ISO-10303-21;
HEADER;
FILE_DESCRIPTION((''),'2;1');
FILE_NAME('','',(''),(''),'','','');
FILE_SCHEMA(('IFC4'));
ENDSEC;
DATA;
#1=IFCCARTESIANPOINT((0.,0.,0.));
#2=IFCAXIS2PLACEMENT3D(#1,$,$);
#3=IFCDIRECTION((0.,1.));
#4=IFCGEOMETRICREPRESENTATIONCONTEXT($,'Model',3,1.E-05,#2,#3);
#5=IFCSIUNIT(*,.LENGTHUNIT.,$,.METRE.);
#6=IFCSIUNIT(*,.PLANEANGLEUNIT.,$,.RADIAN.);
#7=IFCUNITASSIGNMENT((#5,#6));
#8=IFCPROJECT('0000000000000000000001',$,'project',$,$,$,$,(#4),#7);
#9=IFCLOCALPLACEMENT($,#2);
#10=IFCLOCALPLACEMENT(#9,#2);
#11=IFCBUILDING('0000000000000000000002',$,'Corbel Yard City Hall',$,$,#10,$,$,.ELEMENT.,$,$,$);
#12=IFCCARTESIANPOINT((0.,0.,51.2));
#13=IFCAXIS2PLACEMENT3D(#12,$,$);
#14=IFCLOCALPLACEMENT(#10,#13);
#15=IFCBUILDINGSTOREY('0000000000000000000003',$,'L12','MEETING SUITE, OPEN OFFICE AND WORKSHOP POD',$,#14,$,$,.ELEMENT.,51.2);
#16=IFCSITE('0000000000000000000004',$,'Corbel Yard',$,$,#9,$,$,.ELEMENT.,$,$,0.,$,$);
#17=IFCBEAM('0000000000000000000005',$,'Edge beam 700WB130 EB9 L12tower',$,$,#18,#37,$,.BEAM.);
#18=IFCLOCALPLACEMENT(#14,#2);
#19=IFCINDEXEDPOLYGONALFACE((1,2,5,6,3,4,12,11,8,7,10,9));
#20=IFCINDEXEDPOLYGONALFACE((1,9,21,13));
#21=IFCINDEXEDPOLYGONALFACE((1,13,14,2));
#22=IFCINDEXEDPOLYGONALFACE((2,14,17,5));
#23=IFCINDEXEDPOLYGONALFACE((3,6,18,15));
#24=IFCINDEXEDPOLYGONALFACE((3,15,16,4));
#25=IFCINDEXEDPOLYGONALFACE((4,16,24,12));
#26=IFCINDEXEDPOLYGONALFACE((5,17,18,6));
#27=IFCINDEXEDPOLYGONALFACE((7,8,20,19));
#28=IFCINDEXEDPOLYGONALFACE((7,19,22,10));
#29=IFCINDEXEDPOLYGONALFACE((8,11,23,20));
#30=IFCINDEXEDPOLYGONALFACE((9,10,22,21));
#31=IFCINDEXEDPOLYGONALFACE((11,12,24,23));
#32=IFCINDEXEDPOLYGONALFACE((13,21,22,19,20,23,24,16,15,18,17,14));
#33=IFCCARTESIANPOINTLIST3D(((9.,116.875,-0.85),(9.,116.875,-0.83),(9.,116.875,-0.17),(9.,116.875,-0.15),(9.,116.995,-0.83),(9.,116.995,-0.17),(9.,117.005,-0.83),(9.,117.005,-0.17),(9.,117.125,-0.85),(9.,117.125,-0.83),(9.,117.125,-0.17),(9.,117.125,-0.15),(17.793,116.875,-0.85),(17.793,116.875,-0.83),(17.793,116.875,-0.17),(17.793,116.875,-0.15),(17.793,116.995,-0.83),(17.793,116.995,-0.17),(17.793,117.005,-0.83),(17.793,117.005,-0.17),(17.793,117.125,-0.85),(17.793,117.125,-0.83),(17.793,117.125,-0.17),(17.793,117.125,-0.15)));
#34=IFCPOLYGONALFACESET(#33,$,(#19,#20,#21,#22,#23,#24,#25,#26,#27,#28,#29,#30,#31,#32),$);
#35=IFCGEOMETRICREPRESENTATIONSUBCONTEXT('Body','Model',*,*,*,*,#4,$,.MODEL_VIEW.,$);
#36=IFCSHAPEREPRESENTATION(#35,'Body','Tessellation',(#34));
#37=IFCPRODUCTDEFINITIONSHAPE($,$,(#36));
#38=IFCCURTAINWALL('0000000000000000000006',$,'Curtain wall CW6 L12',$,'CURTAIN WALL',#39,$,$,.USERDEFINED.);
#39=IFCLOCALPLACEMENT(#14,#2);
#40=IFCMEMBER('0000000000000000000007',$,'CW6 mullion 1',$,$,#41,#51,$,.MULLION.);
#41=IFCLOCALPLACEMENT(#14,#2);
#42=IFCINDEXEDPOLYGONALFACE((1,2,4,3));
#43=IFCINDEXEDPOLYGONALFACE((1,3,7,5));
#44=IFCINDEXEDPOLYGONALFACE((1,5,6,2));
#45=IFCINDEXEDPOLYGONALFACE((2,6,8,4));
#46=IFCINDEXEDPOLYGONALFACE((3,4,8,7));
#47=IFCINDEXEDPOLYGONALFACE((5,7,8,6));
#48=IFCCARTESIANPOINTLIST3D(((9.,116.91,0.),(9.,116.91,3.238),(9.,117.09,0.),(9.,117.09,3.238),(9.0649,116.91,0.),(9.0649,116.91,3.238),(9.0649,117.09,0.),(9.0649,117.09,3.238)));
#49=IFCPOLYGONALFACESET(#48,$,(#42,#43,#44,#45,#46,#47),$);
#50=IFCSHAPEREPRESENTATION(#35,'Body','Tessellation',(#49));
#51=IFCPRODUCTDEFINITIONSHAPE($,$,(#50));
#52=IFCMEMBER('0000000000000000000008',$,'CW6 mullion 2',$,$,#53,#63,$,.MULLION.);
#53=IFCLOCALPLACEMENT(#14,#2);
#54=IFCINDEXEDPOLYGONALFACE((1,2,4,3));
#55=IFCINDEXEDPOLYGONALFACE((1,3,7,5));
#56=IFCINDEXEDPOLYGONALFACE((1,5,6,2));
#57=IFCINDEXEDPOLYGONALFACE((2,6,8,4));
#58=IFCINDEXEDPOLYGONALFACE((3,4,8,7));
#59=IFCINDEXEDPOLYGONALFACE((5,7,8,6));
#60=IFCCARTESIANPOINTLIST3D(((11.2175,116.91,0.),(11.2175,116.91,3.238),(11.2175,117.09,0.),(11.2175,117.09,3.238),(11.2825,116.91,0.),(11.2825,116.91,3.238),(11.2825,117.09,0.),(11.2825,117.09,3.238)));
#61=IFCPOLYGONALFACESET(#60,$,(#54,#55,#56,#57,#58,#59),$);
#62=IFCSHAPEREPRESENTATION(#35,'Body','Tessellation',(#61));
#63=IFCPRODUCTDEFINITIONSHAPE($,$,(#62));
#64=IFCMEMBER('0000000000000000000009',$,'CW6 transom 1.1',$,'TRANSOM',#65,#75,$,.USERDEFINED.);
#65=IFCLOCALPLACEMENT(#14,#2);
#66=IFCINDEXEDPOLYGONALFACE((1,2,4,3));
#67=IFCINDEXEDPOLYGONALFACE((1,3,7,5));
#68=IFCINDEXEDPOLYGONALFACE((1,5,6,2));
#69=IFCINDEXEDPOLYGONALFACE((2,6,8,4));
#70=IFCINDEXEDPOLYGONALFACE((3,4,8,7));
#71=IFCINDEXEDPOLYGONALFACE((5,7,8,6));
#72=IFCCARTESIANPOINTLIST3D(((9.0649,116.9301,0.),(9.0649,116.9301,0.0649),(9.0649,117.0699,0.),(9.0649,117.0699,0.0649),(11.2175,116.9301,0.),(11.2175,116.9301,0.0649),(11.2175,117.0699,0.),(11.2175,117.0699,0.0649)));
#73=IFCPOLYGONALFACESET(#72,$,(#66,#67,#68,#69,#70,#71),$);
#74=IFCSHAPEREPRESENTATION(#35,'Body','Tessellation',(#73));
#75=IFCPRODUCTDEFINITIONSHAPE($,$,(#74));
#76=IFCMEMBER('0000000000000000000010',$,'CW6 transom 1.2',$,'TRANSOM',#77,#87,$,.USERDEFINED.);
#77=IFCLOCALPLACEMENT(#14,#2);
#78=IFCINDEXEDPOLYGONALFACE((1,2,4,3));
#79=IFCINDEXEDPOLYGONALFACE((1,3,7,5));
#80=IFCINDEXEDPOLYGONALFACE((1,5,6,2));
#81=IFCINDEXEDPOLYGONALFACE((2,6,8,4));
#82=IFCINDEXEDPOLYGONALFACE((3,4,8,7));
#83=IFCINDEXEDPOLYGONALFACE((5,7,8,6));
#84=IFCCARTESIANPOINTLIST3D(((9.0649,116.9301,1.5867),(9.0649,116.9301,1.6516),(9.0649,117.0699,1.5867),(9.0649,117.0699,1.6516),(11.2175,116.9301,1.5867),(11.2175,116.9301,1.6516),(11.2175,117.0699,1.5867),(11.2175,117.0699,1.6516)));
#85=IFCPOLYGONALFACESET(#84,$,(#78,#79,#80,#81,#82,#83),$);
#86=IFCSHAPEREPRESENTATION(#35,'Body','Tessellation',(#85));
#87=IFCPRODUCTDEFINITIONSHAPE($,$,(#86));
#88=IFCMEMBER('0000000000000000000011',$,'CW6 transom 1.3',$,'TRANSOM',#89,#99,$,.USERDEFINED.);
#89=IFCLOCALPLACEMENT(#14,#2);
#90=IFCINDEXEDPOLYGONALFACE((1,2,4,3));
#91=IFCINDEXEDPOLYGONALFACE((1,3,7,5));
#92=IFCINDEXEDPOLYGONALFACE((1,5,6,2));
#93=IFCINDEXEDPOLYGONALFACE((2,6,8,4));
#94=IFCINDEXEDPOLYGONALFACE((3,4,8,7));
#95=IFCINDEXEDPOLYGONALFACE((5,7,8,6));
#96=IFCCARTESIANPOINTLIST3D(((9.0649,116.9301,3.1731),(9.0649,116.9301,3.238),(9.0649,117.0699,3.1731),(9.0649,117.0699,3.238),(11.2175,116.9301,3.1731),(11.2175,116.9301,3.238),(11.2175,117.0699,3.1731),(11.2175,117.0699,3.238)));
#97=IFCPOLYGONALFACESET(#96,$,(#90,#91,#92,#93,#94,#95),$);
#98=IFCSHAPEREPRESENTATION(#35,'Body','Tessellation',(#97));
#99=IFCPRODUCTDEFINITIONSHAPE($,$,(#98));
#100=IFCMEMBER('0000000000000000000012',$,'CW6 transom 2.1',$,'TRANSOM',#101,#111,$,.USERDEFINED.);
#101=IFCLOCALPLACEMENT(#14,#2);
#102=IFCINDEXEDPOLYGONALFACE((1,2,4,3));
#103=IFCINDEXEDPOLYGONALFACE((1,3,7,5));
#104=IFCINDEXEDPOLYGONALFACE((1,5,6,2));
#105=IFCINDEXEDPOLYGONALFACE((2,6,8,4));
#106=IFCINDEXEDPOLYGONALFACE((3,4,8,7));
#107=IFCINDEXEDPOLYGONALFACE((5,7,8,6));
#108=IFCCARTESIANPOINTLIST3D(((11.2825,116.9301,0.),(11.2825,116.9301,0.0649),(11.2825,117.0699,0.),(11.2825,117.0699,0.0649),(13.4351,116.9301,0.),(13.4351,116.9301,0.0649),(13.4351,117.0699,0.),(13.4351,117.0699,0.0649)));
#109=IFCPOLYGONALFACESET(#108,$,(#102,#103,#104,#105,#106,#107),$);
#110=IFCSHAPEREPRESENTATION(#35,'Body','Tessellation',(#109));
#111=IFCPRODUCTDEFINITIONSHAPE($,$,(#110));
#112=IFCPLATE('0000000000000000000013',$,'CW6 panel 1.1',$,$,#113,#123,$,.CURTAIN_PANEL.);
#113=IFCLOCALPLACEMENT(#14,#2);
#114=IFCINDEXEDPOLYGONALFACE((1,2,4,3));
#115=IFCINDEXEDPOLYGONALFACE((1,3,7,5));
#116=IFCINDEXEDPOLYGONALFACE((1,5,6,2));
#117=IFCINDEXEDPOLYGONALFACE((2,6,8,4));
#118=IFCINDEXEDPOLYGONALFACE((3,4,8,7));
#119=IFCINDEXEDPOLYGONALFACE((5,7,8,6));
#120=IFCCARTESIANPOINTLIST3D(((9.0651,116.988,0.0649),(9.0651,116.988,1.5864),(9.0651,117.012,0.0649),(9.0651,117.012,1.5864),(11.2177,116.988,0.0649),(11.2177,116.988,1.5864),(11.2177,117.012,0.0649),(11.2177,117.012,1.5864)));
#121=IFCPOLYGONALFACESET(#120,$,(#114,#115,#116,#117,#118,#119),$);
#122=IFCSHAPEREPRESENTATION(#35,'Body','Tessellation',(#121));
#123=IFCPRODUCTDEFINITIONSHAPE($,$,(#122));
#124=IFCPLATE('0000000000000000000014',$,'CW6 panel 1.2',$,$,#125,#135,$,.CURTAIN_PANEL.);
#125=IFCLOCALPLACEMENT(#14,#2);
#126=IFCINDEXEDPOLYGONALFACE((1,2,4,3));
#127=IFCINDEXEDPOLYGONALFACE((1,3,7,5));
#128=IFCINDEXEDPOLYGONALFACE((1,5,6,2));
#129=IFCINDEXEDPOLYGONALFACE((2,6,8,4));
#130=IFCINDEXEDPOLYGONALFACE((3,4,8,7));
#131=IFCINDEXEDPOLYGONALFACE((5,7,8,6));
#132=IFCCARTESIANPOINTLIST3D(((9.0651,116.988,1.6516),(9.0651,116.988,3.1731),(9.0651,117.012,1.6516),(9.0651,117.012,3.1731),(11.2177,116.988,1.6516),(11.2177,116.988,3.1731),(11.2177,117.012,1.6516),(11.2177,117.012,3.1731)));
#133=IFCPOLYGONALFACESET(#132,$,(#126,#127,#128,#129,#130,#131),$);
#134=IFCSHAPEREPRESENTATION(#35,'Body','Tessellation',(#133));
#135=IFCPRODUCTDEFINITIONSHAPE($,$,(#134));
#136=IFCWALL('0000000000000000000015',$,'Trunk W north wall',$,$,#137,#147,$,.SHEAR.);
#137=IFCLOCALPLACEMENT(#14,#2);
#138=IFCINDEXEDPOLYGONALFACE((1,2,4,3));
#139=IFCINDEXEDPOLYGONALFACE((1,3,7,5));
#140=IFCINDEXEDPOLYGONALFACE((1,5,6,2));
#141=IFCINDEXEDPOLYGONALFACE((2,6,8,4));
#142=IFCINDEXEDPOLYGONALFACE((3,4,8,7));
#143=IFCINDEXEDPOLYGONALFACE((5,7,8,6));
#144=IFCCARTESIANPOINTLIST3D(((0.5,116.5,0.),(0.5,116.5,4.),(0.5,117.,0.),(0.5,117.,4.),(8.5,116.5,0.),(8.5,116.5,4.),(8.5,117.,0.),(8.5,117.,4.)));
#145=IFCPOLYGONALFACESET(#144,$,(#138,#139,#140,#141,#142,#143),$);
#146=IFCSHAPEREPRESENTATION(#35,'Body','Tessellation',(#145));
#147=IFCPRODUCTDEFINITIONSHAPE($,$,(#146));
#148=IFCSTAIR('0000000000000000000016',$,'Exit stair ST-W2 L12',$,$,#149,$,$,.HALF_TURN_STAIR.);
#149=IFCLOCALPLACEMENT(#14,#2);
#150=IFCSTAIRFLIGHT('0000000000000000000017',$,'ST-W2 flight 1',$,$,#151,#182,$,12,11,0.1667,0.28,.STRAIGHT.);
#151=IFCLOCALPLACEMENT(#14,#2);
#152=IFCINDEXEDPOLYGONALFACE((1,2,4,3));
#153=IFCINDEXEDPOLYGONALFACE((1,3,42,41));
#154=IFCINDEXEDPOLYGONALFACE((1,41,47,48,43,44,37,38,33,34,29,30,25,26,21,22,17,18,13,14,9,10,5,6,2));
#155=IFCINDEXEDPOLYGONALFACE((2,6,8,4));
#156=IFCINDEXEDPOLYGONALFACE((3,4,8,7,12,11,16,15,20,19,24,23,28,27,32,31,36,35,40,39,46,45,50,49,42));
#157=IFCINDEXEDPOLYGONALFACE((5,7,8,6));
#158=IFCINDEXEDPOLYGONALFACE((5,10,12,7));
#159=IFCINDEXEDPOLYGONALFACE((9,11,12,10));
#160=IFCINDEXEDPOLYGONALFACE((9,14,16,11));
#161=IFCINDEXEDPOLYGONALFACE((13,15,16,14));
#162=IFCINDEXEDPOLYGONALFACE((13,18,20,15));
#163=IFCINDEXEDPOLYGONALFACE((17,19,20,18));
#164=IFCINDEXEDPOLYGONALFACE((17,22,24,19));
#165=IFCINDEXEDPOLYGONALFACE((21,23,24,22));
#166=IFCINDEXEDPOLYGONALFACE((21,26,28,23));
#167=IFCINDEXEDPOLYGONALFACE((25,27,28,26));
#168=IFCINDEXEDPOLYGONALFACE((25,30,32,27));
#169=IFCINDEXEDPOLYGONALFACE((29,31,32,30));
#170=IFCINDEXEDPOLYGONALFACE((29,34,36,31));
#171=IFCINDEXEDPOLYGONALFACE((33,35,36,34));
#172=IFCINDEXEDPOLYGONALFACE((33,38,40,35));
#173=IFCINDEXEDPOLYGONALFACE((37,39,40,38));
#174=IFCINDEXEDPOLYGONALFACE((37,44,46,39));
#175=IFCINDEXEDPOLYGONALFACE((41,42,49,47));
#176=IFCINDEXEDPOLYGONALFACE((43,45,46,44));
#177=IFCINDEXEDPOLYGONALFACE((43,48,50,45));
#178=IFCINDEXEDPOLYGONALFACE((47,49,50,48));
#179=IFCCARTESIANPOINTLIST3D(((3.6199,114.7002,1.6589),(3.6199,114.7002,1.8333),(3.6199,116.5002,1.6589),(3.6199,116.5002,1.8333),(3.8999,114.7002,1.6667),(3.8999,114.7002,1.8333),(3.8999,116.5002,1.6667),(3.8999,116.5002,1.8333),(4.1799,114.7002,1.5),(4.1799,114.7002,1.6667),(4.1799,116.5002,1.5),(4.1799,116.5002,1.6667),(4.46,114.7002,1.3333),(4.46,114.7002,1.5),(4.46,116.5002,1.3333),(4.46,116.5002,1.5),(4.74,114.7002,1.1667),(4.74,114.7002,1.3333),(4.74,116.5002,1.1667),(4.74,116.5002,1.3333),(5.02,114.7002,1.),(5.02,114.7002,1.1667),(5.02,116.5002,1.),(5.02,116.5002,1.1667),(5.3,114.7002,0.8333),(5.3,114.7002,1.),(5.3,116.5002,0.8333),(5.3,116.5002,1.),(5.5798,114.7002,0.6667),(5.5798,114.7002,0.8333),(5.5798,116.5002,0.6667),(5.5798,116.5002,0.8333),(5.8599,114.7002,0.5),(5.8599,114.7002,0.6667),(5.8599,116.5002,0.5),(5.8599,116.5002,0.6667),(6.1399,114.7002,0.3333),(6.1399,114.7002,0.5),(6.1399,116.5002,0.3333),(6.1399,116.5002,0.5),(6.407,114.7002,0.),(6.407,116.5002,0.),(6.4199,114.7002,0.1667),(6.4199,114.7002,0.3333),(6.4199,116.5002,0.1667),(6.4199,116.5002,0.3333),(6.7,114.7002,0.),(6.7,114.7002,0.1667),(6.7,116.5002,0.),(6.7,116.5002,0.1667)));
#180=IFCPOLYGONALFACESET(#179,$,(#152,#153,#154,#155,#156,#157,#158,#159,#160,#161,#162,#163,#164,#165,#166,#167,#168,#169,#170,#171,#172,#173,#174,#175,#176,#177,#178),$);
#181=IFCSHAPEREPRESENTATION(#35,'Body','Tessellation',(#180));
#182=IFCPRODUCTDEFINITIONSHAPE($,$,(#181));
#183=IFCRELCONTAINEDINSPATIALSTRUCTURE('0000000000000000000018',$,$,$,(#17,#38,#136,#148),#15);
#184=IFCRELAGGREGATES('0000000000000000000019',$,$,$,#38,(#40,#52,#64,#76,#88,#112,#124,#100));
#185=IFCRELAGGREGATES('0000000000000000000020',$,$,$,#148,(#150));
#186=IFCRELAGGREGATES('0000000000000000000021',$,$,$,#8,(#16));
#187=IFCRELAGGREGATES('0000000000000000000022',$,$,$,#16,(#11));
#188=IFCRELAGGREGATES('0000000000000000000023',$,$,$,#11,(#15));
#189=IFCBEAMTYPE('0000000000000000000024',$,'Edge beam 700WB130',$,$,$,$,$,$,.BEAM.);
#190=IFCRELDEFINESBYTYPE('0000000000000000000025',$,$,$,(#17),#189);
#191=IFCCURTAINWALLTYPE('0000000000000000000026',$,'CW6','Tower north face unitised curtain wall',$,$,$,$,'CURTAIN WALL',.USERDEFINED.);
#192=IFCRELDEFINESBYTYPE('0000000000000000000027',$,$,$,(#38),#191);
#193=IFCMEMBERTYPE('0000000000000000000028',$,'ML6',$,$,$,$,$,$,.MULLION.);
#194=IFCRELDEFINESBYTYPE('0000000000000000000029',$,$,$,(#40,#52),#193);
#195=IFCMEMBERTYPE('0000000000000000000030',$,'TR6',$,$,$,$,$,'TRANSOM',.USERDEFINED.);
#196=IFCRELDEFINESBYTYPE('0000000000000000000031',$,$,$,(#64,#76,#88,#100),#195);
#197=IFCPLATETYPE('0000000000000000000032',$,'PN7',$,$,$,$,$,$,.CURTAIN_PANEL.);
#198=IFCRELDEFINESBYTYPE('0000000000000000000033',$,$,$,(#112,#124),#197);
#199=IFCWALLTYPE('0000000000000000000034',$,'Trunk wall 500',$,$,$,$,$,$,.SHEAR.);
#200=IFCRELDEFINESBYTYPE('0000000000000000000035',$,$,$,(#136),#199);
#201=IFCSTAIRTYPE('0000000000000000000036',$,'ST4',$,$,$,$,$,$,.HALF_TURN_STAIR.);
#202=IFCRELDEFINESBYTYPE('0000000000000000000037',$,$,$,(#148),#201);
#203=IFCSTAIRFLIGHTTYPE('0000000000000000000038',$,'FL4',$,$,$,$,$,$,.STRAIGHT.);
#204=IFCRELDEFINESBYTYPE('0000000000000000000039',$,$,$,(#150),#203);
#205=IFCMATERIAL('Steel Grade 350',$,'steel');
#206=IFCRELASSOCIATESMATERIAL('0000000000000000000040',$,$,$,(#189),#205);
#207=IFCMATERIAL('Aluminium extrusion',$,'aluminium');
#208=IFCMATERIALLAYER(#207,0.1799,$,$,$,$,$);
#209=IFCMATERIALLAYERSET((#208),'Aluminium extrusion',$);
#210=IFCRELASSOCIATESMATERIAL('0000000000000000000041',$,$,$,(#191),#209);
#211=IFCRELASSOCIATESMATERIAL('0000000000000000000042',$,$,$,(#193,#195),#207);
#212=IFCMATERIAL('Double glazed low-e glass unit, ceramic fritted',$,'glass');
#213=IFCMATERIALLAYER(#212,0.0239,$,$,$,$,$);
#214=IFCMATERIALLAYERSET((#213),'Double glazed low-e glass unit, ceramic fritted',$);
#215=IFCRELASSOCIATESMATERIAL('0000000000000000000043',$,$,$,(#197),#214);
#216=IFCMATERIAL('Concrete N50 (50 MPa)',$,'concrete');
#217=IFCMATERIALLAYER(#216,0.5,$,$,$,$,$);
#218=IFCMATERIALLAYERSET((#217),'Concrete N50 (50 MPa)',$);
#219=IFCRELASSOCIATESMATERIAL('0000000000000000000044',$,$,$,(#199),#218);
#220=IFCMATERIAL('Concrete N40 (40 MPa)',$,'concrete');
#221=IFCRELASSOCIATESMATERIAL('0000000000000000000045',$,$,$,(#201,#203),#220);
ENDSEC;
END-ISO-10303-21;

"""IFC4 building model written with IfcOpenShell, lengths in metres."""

from ifc_helpers import new_model, si_unit, direction, frame, frame_2d, origin, origin_2d, place, context, subcontext, project, spatial, polyline, rectangle, i_section, outline, extrude, material, layer, layer_set, material_profile, profile_set, type_object, element, aggregate, save


model = new_model("IFC4")

# Units and contexts
model_context = context("Model", 3, precision=1e-05, world=origin(), true_north=direction((0.0, 1.0)))
body_context = subcontext(model_context, "Body", "Model", "MODEL_VIEW")
ifc_project = project(units=[si_unit("LENGTHUNIT", "METRE"), si_unit("PLANEANGLEUNIT", "RADIAN")], contexts=[model_context])

# Site, building, storey
site_placement = place(None, origin())
site = spatial("IfcSite", under=ifc_project, at=site_placement, Name="Corbel Yard", CompositionType="ELEMENT", RefElevation=0.0)
building_placement = place(site_placement, origin())
building = spatial("IfcBuilding", under=site, at=building_placement, Name="Corbel Yard City Hall", CompositionType="ELEMENT")
storey_placement = place(building_placement, frame((0.0, 0.0, 51.2)))
storey = spatial("IfcBuildingStorey", under=building, at=storey_placement, Name="L12", Description="MEETING SUITE, OPEN OFFICE AND WORKSHOP POD", CompositionType="ELEMENT", Elevation=51.2)

# Beam
ifc_material_1 = material(Name="Steel Grade 350", Category="steel")
ifc_material_profile_1 = material_profile(ifc_material_1, i_section(OverallWidth=0.25, OverallDepth=0.7, WebThickness=0.01, FlangeThickness=0.02, at=origin_2d()), Name="700WB130")
ifc_profile_set_1 = profile_set([ifc_material_profile_1], Name="Steel Grade 350")
beam_type = type_object("IfcBeamType", Name="Edge beam 700WB130", PredefinedType="BEAM", material=ifc_profile_set_1)
beam_placement = place(storey_placement, frame((9.0, 117.0, -0.5), z_axis=(1.0, 0.0, 0.0), x_axis=(0.0, 1.0, 0.0)))
element("IfcBeam", 1, at=beam_placement, inside=storey, type_object=beam_type, Name="Edge beam 700WB130 EB9 L12tower", PredefinedType="BEAM", context=body_context, shape_type="SweptSolid", body=[
    extrude(i_section(OverallWidth=0.25, OverallDepth=0.7, WebThickness=0.01, FlangeThickness=0.02, at=origin_2d()), origin(), (0.0, 0.0, 1.0), 8.793),
])

# Curtain wall, members, plates
ifc_material_2 = material(Name="Aluminium extrusion", Category="aluminium")
ifc_layer_1 = layer(ifc_material_2, 0.1799)
ifc_layer_set_1 = layer_set([ifc_layer_1], Name="Aluminium extrusion")
curtain_wall_type = type_object("IfcCurtainWallType", Name="CW6", Description="Tower north face unitised curtain wall", ElementType="CURTAIN WALL", PredefinedType="USERDEFINED", material=ifc_layer_set_1)
curtain_wall_placement = place(storey_placement, origin())
curtain_wall = element("IfcCurtainWall", 2, at=curtain_wall_placement, inside=storey, type_object=curtain_wall_type, Name="Curtain wall CW6 L12", ObjectType="CURTAIN WALL", PredefinedType="USERDEFINED")
ifc_material_profile_2 = material_profile(ifc_material_2, rectangle(XDim=0.1799, YDim=0.0649, at=origin_2d()), Name="180x65")
ifc_profile_set_2 = profile_set([ifc_material_profile_2], Name="Aluminium extrusion")
member_type_1 = type_object("IfcMemberType", Name="ML6", PredefinedType="MULLION", material=ifc_profile_set_2)
member_1_placement = place(storey_placement, frame((9.0325, 117.0, 0.0), z_axis=(0.0, 0.0, 1.0), x_axis=(0.0, 1.0, 0.0)))
member_1 = element("IfcMember", 3, at=member_1_placement, type_object=member_type_1, Name="CW6 mullion 1", PredefinedType="MULLION", context=body_context, shape_type="SweptSolid", body=[
    extrude(rectangle(XDim=0.1799, YDim=0.0649, at=origin_2d()), origin(), (0.0, 0.0, 1.0), 3.238),
])
member_2_placement = place(storey_placement, frame((11.25, 117.0, 0.0), z_axis=(0.0, 0.0, 1.0), x_axis=(0.0, 1.0, 0.0)))
member_2 = element("IfcMember", 4, at=member_2_placement, type_object=member_type_1, Name="CW6 mullion 2", PredefinedType="MULLION", context=body_context, shape_type="SweptSolid", body=[
    extrude(rectangle(XDim=0.1799, YDim=0.0649, at=origin_2d()), origin(), (0.0, 0.0, 1.0), 3.238),
])
ifc_material_profile_3 = material_profile(ifc_material_2, rectangle(XDim=0.1399, YDim=0.0649, at=origin_2d()), Name="140x65")
ifc_profile_set_3 = profile_set([ifc_material_profile_3], Name="Aluminium extrusion")
member_type_2 = type_object("IfcMemberType", Name="TR6", ElementType="TRANSOM", PredefinedType="USERDEFINED", material=ifc_profile_set_3)
member_3_placement = place(storey_placement, frame((9.0649, 117.0, 0.0325), z_axis=(1.0, 0.0, 0.0), x_axis=(0.0, 1.0, 0.0)))
member_3 = element("IfcMember", 5, at=member_3_placement, type_object=member_type_2, Name="CW6 transom 1.1", ObjectType="TRANSOM", PredefinedType="USERDEFINED", context=body_context, shape_type="SweptSolid", body=[
    extrude(rectangle(XDim=0.1399, YDim=0.0649, at=origin_2d()), origin(), (0.0, 0.0, 1.0), 2.1526),
])
member_4_placement = place(storey_placement, frame((9.0649, 117.0, 1.6191), z_axis=(1.0, 0.0, 0.0), x_axis=(0.0, 1.0, 0.0)))
member_4 = element("IfcMember", 6, at=member_4_placement, type_object=member_type_2, Name="CW6 transom 1.2", ObjectType="TRANSOM", PredefinedType="USERDEFINED", context=body_context, shape_type="SweptSolid", body=[
    extrude(rectangle(XDim=0.1399, YDim=0.0649, at=origin_2d()), origin(), (0.0, 0.0, 1.0), 2.1526),
])
member_5_placement = place(storey_placement, frame((9.0649, 117.0, 3.2056), z_axis=(1.0, 0.0, 0.0), x_axis=(0.0, 1.0, 0.0)))
member_5 = element("IfcMember", 7, at=member_5_placement, type_object=member_type_2, Name="CW6 transom 1.3", ObjectType="TRANSOM", PredefinedType="USERDEFINED", context=body_context, shape_type="SweptSolid", body=[
    extrude(rectangle(XDim=0.1399, YDim=0.0649, at=origin_2d()), origin(), (0.0, 0.0, 1.0), 2.1526),
])
member_6_placement = place(storey_placement, frame((11.2825, 117.0, 0.0325), z_axis=(1.0, 0.0, 0.0), x_axis=(0.0, 1.0, 0.0)))
member_6 = element("IfcMember", 8, at=member_6_placement, type_object=member_type_2, Name="CW6 transom 2.1", ObjectType="TRANSOM", PredefinedType="USERDEFINED", context=body_context, shape_type="SweptSolid", body=[
    extrude(rectangle(XDim=0.1399, YDim=0.0649, at=origin_2d()), origin(), (0.0, 0.0, 1.0), 2.1526),
])
ifc_material_3 = material(Name="Double glazed low-e glass unit, ceramic fritted", Category="glass")
ifc_layer_2 = layer(ifc_material_3, 0.0239)
ifc_layer_set_2 = layer_set([ifc_layer_2], Name="Double glazed low-e glass unit, ceramic fritted")
plate_type = type_object("IfcPlateType", Name="PN7", PredefinedType="CURTAIN_PANEL", material=ifc_layer_set_2)
plate_1_placement = place(storey_placement, frame((10.1414, 117.0, 0.0649), z_axis=(0.0, 0.0, 1.0), x_axis=(1.0, 0.0, 0.0)))
plate_1 = element("IfcPlate", 9, at=plate_1_placement, type_object=plate_type, Name="CW6 panel 1.1", PredefinedType="CURTAIN_PANEL", context=body_context, shape_type="SweptSolid", body=[
    extrude(rectangle(XDim=2.1526, YDim=0.0239, at=origin_2d()), origin(), (0.0, 0.0, 1.0), 1.5215),
])
plate_2_placement = place(storey_placement, frame((10.1414, 117.0, 1.6516), z_axis=(0.0, 0.0, 1.0), x_axis=(1.0, 0.0, 0.0)))
plate_2 = element("IfcPlate", 10, at=plate_2_placement, type_object=plate_type, Name="CW6 panel 1.2", PredefinedType="CURTAIN_PANEL", context=body_context, shape_type="SweptSolid", body=[
    extrude(rectangle(XDim=2.1526, YDim=0.0239, at=origin_2d()), origin(), (0.0, 0.0, 1.0), 1.5215),
])
aggregate(curtain_wall, [member_1, member_2, member_3, member_4, member_5, plate_1, plate_2, member_6])

# Wall
ifc_material_4 = material(Name="Concrete N50 (50 MPa)", Category="concrete")
ifc_layer_3 = layer(ifc_material_4, 0.5)
ifc_layer_set_3 = layer_set([ifc_layer_3], Name="Concrete N50 (50 MPa)")
wall_type = type_object("IfcWallType", Name="Trunk wall 500", PredefinedType="SHEAR", material=ifc_layer_set_3)
wall_placement = place(storey_placement, frame((0.5, 116.75, 0.0), z_axis=(0.0, 0.0, 1.0), x_axis=(1.0, 0.0, 0.0)))
element("IfcWall", 11, at=wall_placement, inside=storey, type_object=wall_type, Name="Trunk W north wall", PredefinedType="SHEAR", context=body_context, shape_type="SweptSolid", body=[
    extrude(rectangle(XDim=8.0, YDim=0.5, at=frame_2d((4.0, 0.0))), origin(), (0.0, 0.0, 1.0), 4.0),
])

# Stair, stair flight
ifc_material_5 = material(Name="Concrete N40 (40 MPa)", Category="concrete")
stair_type = type_object("IfcStairType", Name="ST4", PredefinedType="HALF_TURN_STAIR", material=ifc_material_5)
stair_placement = place(storey_placement, origin())
stair = element("IfcStair", 12, at=stair_placement, inside=storey, type_object=stair_type, Name="Exit stair ST-W2 L12", PredefinedType="HALF_TURN_STAIR")
stair_flight_type = type_object("IfcStairFlightType", Name="FL4", PredefinedType="STRAIGHT", material=ifc_material_5)
stair_flight_placement = place(storey_placement, frame((6.7, 115.6001, 0.0), z_axis=(0.0, 0.0, 1.0), x_axis=(-1.0, 0.0, 0.0)))
stair_flight = element("IfcStairFlight", 13, at=stair_flight_placement, type_object=stair_flight_type, Name="ST-W2 flight 1", NumberOfRisers=12, NumberOfTreads=11, PredefinedType="STRAIGHT", RiserHeight=0.1667, TreadLength=0.28, context=body_context, shape_type="SweptSolid", body=[
    extrude(outline(polyline([(0.0, 0.0), (0.0, 0.1667), (0.28, 0.1667), (0.28, 0.3333), (0.5601, 0.3333), (0.5601, 0.5), (0.8401, 0.5), (0.8401, 0.6667), (1.1201, 0.6667), (1.1201, 0.8333), (1.3999, 0.8333), (1.3999, 1.0), (1.6799, 1.0), (1.6799, 1.1667), (1.96, 1.1667), (1.96, 1.3333), (2.24, 1.3333), (2.24, 1.5), (2.52, 1.5), (2.52, 1.6667), (2.8, 1.6667), (2.8, 1.8333), (3.0801, 1.8333), (3.0801, 2.0), (3.0801, 1.6589), (0.293, 0.0), (0.0, 0.0)])), frame((0.0, 0.8999, 0.0), z_axis=(0.0, -1.0, 0.0), x_axis=(1.0, 0.0, 0.0)), (0.0, 0.0, 1.0), 1.8),
])
aggregate(stair, [stair_flight])

save(model, "model.ifc")
